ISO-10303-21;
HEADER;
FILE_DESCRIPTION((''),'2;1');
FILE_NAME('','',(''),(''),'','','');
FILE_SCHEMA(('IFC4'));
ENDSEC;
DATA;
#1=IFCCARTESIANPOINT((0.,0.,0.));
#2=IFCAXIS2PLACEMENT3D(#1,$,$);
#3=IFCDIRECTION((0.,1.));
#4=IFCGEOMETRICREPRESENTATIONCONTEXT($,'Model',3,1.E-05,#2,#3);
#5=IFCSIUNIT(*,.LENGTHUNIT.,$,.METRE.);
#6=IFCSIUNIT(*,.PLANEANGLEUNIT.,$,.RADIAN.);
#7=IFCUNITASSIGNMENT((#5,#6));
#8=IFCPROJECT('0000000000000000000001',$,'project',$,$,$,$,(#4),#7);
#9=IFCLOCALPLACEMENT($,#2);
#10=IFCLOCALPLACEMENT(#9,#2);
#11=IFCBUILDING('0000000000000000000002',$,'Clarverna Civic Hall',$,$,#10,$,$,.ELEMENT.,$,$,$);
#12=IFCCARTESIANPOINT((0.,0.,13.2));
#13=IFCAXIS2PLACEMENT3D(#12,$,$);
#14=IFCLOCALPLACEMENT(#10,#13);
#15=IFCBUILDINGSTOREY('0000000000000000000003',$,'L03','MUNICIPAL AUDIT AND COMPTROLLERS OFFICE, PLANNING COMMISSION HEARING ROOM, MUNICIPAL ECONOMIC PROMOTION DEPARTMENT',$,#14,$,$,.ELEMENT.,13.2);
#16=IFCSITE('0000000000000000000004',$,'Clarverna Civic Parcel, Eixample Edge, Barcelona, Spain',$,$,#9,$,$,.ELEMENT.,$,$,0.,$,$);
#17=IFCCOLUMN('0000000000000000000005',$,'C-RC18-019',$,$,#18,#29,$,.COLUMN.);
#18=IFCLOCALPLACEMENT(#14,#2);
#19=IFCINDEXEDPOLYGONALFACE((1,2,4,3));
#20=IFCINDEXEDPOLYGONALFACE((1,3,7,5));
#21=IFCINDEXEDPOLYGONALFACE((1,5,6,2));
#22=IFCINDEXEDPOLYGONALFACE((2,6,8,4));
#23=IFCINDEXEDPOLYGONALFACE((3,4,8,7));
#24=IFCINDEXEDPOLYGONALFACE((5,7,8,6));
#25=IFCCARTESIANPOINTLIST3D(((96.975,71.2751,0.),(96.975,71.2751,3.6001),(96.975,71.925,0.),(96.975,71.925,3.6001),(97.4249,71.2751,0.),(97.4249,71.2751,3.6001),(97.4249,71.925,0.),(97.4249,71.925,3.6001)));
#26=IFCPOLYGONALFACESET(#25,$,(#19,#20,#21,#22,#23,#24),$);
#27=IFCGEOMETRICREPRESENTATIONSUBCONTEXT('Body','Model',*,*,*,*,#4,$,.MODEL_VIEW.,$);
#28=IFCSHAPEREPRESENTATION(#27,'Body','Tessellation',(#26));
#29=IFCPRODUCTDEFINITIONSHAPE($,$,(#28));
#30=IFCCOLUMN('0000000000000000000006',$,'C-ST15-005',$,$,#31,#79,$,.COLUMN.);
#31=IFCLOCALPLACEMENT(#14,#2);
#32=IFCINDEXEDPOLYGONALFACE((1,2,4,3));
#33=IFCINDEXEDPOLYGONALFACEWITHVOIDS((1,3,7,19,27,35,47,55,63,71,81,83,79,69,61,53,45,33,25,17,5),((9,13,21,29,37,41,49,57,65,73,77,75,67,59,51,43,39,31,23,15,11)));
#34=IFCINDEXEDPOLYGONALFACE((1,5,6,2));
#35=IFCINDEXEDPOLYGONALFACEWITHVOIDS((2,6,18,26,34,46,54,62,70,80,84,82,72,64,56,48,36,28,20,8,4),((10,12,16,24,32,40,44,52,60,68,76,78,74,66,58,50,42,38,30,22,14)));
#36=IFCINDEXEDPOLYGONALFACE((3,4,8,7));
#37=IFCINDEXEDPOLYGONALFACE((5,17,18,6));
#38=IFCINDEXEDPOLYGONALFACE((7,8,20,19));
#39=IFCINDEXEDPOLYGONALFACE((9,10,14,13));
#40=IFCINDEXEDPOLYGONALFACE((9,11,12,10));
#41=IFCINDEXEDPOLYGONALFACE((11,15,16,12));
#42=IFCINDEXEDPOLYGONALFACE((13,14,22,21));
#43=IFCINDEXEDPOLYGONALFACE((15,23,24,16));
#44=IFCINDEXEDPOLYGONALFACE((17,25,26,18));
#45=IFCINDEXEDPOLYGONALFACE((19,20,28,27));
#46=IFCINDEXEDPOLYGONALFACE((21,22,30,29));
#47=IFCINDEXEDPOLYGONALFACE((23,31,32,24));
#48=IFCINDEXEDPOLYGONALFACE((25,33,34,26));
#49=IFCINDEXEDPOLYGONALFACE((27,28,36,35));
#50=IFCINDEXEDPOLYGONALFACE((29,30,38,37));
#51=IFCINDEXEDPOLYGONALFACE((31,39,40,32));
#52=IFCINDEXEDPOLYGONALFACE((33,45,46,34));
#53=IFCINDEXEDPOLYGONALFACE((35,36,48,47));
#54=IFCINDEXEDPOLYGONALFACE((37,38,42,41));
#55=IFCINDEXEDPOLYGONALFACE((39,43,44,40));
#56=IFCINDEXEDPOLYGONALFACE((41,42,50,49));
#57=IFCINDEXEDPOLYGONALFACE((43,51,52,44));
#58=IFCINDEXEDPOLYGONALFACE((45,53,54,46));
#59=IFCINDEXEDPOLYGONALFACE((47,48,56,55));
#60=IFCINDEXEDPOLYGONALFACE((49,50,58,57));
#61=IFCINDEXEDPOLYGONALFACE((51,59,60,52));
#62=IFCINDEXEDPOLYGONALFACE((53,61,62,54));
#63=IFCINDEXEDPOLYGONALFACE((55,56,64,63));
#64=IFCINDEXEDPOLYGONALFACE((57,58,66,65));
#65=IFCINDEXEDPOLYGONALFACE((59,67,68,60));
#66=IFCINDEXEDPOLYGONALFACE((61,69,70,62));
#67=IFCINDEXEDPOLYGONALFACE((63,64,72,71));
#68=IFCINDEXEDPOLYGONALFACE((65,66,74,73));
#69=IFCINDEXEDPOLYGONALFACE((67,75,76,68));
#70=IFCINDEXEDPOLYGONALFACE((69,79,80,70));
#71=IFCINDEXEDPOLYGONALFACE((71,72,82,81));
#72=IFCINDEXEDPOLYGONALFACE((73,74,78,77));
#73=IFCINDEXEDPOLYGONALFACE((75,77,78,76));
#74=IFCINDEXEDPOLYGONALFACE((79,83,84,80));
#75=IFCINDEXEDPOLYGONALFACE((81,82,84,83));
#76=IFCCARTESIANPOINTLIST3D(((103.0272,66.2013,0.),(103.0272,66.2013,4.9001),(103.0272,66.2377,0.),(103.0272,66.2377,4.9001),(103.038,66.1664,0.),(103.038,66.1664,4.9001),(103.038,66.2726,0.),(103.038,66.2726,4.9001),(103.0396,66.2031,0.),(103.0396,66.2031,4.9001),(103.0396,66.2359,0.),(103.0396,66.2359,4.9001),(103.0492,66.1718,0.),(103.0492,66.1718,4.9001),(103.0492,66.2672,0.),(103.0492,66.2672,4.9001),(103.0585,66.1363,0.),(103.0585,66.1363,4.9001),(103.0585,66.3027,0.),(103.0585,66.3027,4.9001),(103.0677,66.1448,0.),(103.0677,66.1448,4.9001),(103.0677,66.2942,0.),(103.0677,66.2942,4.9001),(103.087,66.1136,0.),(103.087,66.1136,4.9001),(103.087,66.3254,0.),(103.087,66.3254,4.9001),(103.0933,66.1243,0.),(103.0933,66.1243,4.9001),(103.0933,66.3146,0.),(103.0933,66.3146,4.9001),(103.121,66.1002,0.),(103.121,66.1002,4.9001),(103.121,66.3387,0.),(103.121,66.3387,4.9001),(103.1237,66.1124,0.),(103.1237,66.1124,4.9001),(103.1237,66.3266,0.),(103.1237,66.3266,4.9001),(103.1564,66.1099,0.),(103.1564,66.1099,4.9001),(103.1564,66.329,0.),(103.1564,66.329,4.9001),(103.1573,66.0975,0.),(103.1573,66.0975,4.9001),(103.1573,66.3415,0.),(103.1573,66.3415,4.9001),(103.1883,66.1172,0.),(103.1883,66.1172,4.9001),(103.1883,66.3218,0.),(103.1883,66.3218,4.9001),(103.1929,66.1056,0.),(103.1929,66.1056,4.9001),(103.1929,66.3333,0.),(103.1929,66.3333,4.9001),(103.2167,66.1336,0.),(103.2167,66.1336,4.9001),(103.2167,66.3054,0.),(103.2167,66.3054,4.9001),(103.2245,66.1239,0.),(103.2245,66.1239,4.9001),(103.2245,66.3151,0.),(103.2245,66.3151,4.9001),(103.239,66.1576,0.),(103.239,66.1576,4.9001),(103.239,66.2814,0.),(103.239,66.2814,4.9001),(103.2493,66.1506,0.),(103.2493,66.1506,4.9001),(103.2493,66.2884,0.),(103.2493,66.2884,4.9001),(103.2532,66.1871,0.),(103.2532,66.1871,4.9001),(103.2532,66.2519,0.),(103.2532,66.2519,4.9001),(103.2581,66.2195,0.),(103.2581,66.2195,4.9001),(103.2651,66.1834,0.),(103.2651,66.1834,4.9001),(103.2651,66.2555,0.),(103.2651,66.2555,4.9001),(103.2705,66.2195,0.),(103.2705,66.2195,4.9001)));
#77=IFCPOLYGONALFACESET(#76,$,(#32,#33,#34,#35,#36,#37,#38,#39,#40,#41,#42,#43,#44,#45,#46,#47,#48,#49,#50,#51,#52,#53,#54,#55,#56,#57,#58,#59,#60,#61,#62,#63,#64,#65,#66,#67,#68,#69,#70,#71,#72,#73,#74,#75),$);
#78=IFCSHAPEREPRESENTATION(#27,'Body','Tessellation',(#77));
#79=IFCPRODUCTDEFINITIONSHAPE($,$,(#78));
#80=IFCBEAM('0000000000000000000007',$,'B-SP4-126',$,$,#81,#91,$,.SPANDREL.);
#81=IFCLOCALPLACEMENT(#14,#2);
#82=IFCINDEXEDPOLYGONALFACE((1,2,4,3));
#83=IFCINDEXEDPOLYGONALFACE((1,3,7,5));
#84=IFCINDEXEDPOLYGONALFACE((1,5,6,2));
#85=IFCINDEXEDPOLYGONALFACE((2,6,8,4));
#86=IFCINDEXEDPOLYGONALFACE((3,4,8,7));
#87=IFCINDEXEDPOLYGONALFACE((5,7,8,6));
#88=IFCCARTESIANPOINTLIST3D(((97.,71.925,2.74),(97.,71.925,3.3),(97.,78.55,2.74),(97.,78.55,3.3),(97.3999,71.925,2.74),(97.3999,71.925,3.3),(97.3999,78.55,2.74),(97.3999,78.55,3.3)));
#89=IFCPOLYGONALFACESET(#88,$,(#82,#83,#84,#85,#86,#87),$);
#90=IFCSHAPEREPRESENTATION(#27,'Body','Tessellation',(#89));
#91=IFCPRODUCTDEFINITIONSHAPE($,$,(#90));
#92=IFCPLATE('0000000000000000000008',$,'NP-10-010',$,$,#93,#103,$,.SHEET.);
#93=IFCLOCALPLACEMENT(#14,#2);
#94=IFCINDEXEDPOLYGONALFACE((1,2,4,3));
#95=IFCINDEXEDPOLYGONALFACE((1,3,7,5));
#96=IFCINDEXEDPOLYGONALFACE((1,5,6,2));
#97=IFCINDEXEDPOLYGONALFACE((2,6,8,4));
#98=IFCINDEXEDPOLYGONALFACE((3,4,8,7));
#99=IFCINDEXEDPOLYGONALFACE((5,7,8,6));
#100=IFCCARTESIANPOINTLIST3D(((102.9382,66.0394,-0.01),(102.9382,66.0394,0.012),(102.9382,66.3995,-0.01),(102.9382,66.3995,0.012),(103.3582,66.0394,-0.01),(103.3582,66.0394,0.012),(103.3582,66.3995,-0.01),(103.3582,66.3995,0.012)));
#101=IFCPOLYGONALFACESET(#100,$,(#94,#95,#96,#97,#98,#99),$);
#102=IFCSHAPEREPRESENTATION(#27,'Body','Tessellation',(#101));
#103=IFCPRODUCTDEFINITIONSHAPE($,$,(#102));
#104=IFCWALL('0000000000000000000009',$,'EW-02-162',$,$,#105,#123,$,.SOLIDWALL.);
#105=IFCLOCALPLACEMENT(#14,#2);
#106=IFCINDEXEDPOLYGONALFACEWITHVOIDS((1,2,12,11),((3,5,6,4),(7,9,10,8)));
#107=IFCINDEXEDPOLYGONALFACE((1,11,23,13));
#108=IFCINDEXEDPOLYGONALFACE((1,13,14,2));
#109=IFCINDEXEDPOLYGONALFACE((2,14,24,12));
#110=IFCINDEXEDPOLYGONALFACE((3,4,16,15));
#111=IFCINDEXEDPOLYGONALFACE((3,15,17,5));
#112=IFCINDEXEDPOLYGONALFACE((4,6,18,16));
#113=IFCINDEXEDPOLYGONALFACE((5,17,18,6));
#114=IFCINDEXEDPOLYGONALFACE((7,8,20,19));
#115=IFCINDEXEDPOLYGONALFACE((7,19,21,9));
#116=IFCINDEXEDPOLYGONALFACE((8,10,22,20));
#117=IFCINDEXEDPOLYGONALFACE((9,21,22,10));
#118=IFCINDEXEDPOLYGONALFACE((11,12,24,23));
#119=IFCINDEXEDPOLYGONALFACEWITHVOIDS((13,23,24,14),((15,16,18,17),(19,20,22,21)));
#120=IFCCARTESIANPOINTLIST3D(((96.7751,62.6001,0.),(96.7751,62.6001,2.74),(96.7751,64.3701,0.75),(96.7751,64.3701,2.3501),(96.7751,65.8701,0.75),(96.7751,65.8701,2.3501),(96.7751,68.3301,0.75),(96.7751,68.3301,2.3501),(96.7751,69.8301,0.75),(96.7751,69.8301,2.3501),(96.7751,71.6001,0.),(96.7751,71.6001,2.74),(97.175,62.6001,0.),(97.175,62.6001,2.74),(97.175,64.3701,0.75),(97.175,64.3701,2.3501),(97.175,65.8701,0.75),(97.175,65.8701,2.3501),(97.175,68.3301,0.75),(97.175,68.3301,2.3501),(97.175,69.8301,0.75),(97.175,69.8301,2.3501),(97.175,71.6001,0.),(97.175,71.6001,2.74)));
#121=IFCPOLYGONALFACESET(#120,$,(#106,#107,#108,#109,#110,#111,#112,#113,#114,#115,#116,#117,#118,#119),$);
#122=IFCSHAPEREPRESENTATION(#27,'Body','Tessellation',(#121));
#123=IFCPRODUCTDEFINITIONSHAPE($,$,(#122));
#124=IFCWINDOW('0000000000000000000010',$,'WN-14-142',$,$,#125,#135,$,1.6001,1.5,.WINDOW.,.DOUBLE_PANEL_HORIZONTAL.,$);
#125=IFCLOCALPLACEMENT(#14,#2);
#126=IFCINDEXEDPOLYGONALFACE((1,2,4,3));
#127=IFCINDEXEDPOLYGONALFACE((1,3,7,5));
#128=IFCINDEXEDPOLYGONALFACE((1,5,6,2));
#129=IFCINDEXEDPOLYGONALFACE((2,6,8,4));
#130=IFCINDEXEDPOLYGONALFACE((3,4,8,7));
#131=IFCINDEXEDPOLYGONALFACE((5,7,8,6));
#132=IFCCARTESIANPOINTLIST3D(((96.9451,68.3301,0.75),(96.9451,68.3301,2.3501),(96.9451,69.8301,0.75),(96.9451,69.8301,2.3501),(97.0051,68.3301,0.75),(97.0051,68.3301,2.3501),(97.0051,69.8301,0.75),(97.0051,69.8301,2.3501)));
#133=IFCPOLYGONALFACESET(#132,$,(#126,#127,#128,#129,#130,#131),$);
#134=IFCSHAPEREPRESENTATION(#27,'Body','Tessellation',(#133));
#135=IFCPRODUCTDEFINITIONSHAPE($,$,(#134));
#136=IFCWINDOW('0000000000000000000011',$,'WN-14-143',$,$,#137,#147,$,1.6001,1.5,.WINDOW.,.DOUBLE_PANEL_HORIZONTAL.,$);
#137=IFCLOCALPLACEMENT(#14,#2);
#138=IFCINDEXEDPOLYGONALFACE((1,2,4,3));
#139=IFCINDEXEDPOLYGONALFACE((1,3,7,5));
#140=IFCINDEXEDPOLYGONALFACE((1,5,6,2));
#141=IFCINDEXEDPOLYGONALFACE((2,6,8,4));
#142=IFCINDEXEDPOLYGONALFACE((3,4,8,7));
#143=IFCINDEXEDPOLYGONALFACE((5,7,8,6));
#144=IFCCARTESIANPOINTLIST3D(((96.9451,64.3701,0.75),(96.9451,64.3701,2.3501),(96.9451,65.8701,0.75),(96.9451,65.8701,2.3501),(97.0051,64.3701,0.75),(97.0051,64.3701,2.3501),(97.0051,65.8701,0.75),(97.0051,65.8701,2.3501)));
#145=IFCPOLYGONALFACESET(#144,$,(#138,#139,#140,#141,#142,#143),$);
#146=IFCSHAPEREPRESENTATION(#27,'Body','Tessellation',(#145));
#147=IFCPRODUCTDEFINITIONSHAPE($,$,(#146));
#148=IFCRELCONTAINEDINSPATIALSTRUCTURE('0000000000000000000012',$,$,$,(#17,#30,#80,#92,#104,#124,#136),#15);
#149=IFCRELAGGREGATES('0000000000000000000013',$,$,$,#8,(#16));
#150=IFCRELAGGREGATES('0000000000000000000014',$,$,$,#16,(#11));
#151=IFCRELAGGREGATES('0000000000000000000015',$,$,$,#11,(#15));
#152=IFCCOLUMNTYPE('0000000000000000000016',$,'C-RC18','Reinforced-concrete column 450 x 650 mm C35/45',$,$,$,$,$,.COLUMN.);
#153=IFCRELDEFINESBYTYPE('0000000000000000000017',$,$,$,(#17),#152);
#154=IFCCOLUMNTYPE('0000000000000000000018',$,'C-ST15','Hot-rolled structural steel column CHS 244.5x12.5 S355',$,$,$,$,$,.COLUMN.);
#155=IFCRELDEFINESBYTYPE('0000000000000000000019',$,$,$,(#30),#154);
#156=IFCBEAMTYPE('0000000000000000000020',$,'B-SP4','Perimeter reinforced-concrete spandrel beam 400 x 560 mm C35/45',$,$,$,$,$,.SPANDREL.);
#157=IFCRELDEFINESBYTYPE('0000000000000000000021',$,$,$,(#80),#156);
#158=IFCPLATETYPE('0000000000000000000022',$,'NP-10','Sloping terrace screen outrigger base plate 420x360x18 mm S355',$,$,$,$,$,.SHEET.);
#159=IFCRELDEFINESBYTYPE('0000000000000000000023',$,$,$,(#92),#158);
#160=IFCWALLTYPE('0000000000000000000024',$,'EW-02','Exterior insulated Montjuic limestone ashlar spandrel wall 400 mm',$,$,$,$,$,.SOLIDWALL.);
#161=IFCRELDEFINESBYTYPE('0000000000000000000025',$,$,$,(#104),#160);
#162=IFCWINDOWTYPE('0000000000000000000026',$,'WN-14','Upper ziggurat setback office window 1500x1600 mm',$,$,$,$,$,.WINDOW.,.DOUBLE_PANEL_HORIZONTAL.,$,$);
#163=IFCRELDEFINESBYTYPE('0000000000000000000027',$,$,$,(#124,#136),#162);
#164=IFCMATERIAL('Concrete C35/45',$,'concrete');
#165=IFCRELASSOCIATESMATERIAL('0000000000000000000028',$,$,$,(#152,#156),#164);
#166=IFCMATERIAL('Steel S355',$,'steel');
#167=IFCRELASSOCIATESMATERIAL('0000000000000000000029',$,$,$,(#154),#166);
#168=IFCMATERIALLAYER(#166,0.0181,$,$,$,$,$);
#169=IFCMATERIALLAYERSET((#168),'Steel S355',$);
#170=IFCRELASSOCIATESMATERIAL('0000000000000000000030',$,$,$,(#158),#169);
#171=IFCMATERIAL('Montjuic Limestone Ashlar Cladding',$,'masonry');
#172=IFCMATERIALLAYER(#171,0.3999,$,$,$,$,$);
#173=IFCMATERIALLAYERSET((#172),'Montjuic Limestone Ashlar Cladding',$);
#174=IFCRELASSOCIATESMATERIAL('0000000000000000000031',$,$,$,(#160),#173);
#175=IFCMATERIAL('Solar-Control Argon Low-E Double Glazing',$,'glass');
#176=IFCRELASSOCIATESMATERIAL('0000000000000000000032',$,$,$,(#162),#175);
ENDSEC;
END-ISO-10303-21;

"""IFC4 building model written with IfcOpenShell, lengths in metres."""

from ifc_helpers import new_model, si_unit, direction, frame, frame_2d, origin, origin_2d, place, context, subcontext, project, spatial, rectangle, hollow_circle, extrude, material, layer, layer_set, material_profile, profile_set, type_object, element, fill, save


model = new_model("IFC4")

# Units and contexts
model_context = context("Model", 3, precision=1e-05, world=origin(), true_north=direction((0.0, 1.0)))
body_context = subcontext(model_context, "Body", "Model", "MODEL_VIEW")
ifc_project = project(units=[si_unit("LENGTHUNIT", "METRE"), si_unit("PLANEANGLEUNIT", "RADIAN")], contexts=[model_context])

# Site, building, storey
site_placement = place(None, origin())
site = spatial("IfcSite", under=ifc_project, at=site_placement, Name="Clarverna Civic Parcel, Eixample Edge, Barcelona, Spain", CompositionType="ELEMENT", RefElevation=0.0)
building_placement = place(site_placement, origin())
building = spatial("IfcBuilding", under=site, at=building_placement, Name="Clarverna Civic Hall", CompositionType="ELEMENT")
storey_placement = place(building_placement, frame((0.0, 0.0, 13.2)))
storey = spatial("IfcBuildingStorey", under=building, at=storey_placement, Name="L03", Description="MUNICIPAL AUDIT AND COMPTROLLERS OFFICE, PLANNING COMMISSION HEARING ROOM, MUNICIPAL ECONOMIC PROMOTION DEPARTMENT", CompositionType="ELEMENT", Elevation=13.2)

# Columns
ifc_material_1 = material(Name="Concrete C35/45", Category="concrete")
ifc_material_profile_1 = material_profile(ifc_material_1, rectangle(XDim=0.45, YDim=0.6499, at=origin_2d()), Name="RC 450x650")
ifc_profile_set_1 = profile_set([ifc_material_profile_1], Name="Concrete C35/45")
column_type_1 = type_object("IfcColumnType", Name="C-RC18", Description="Reinforced-concrete column 450 x 650 mm C35/45", PredefinedType="COLUMN", material=ifc_profile_set_1)
column_1_placement = place(storey_placement, frame((97.2, 71.6001, 0.0), z_axis=(0.0, 0.0, 1.0), x_axis=(1.0, 0.0, 0.0)))
element("IfcColumn", 1, at=column_1_placement, inside=storey, type_object=column_type_1, Name="C-RC18-019", PredefinedType="COLUMN", context=body_context, shape_type="SweptSolid", body=[
    extrude(rectangle(XDim=0.45, YDim=0.6499, at=origin_2d()), origin(), (0.0, 0.0, 1.0), 3.6001),
])
ifc_material_2 = material(Name="Steel S355", Category="steel")
ifc_material_profile_2 = material_profile(ifc_material_2, hollow_circle(Radius=0.1223, WallThickness=0.0125, at=origin_2d()), Name="CHS 244.5x12.5")
ifc_profile_set_2 = profile_set([ifc_material_profile_2], Name="Steel S355")
column_type_2 = type_object("IfcColumnType", Name="C-ST15", Description="Hot-rolled structural steel column CHS 244.5x12.5 S355", PredefinedType="COLUMN", material=ifc_profile_set_2)
column_2_placement = place(storey_placement, frame((103.1482, 66.2195, 0.0), z_axis=(0.0, 0.0, 1.0), x_axis=(1.0, 0.0, 0.0)))
element("IfcColumn", 2, at=column_2_placement, inside=storey, type_object=column_type_2, Name="C-ST15-005", PredefinedType="COLUMN", context=body_context, shape_type="SweptSolid", body=[
    extrude(hollow_circle(Radius=0.1223, WallThickness=0.0125, at=origin_2d()), origin(), (0.0, 0.0, 1.0), 4.9001),
])

# Beam
ifc_material_profile_3 = material_profile(ifc_material_1, rectangle(XDim=0.3999, YDim=0.5601, at=origin_2d()), Name="RC 400x560")
ifc_profile_set_3 = profile_set([ifc_material_profile_3], Name="Concrete C35/45")
beam_type = type_object("IfcBeamType", Name="B-SP4", Description="Perimeter reinforced-concrete spandrel beam 400 x 560 mm C35/45", PredefinedType="SPANDREL", material=ifc_profile_set_3)
beam_placement = place(storey_placement, frame((97.2, 71.925, 3.02), z_axis=(0.0, 1.0, 0.0), x_axis=(-1.0, 0.0, 0.0)))
element("IfcBeam", 3, at=beam_placement, inside=storey, type_object=beam_type, Name="B-SP4-126", PredefinedType="SPANDREL", context=body_context, shape_type="SweptSolid", body=[
    extrude(rectangle(XDim=0.3999, YDim=0.5601, at=origin_2d()), origin(), (0.0, 0.0, 1.0), 6.625),
])

# Plate
ifc_layer_1 = layer(ifc_material_2, 0.0181)
ifc_layer_set_1 = layer_set([ifc_layer_1], Name="Steel S355")
plate_type = type_object("IfcPlateType", Name="NP-10", Description="Sloping terrace screen outrigger base plate 420x360x18 mm S355", PredefinedType="SHEET", material=ifc_layer_set_1)
plate_placement = place(storey_placement, frame((103.1482, 66.2195, -0.01), z_axis=(0.0, 0.0, 1.0), x_axis=(1.0, 0.0, 0.0)))
element("IfcPlate", 4, at=plate_placement, inside=storey, type_object=plate_type, Name="NP-10-010", PredefinedType="SHEET", context=body_context, shape_type="SweptSolid", body=[
    extrude(rectangle(XDim=0.4199, YDim=0.3601, at=origin_2d()), origin(), (0.0, 0.0, 1.0), 0.022),
])

# Wall, openings, windows
ifc_material_3 = material(Name="Montjuic Limestone Ashlar Cladding", Category="masonry")
ifc_layer_2 = layer(ifc_material_3, 0.3999)
ifc_layer_set_2 = layer_set([ifc_layer_2], Name="Montjuic Limestone Ashlar Cladding")
wall_type = type_object("IfcWallType", Name="EW-02", Description="Exterior insulated Montjuic limestone ashlar spandrel wall 400 mm", PredefinedType="SOLIDWALL", material=ifc_layer_set_2)
wall_1_placement = place(storey_placement, frame((96.9751, 71.6001, 0.0), z_axis=(0.0, 0.0, 1.0), x_axis=(0.0, -1.0, 0.0)))
wall_1 = element("IfcWall", 5, at=wall_1_placement, inside=storey, type_object=wall_type, Name="EW-02-162", PredefinedType="SOLIDWALL", context=body_context, shape_type="SweptSolid", body=[
    extrude(rectangle(XDim=9.0, YDim=0.3999, at=frame_2d((4.5, 0.0))), origin(), (0.0, 0.0, 1.0), 2.74),
])
opening_1_placement = place(wall_1_placement, frame((1.77, 0.0, 0.75)))
opening_1 = element("IfcOpeningElement", 6, at=opening_1_placement, cuts=wall_1, PredefinedType="OPENING", context=body_context, shape_type="SweptSolid", body=[
    extrude(rectangle(XDim=1.5, YDim=1.6001, at=frame_2d((0.75, 0.8))), frame((0.0, 0.21, 0.0), z_axis=(0.0, -1.0, 0.0), x_axis=(1.0, 0.0, 0.0)), (0.0, 0.0, 1.0), 0.4199),
])
opening_2_placement = place(wall_1_placement, frame((5.73, 0.0, 0.75)))
opening_2 = element("IfcOpeningElement", 7, at=opening_2_placement, cuts=wall_1, PredefinedType="OPENING", context=body_context, shape_type="SweptSolid", body=[
    extrude(rectangle(XDim=1.5, YDim=1.6001, at=frame_2d((0.75, 0.8))), frame((0.0, 0.21, 0.0), z_axis=(0.0, -1.0, 0.0), x_axis=(1.0, 0.0, 0.0)), (0.0, 0.0, 1.0), 0.4199),
])
ifc_material_4 = material(Name="Solar-Control Argon Low-E Double Glazing", Category="glass")
window_type_1 = type_object("IfcWindowType", Name="WN-14", Description="Upper ziggurat setback office window 1500x1600 mm", PartitioningType="DOUBLE_PANEL_HORIZONTAL", PredefinedType="WINDOW", material=ifc_material_4)
window_1_placement = place(opening_1_placement, origin())
window_1 = element("IfcWindow", 8, at=window_1_placement, inside=storey, type_object=window_type_1, Name="WN-14-142", OverallHeight=1.6001, OverallWidth=1.5, PartitioningType="DOUBLE_PANEL_HORIZONTAL", PredefinedType="WINDOW", context=body_context, shape_type="SweptSolid", body=[
    extrude(rectangle(XDim=1.5, YDim=1.6001, at=frame_2d((0.75, 0.8))), frame((0.0, 0.03, 0.0), z_axis=(0.0, -1.0, 0.0), x_axis=(1.0, 0.0, 0.0)), (0.0, 0.0, 1.0), 0.0601),
])
fill(opening_1, window_1)
window_2_placement = place(opening_2_placement, origin())
window_2 = element("IfcWindow", 9, at=window_2_placement, inside=storey, type_object=window_type_1, Name="WN-14-143", OverallHeight=1.6001, OverallWidth=1.5, PartitioningType="DOUBLE_PANEL_HORIZONTAL", PredefinedType="WINDOW", context=body_context, shape_type="SweptSolid", body=[
    extrude(rectangle(XDim=1.5, YDim=1.6001, at=frame_2d((0.75, 0.8))), frame((0.0, 0.03, 0.0), z_axis=(0.0, -1.0, 0.0), x_axis=(1.0, 0.0, 0.0)), (0.0, 0.0, 1.0), 0.0601),
])
fill(opening_2, window_2)

save(model, "model.ifc")
